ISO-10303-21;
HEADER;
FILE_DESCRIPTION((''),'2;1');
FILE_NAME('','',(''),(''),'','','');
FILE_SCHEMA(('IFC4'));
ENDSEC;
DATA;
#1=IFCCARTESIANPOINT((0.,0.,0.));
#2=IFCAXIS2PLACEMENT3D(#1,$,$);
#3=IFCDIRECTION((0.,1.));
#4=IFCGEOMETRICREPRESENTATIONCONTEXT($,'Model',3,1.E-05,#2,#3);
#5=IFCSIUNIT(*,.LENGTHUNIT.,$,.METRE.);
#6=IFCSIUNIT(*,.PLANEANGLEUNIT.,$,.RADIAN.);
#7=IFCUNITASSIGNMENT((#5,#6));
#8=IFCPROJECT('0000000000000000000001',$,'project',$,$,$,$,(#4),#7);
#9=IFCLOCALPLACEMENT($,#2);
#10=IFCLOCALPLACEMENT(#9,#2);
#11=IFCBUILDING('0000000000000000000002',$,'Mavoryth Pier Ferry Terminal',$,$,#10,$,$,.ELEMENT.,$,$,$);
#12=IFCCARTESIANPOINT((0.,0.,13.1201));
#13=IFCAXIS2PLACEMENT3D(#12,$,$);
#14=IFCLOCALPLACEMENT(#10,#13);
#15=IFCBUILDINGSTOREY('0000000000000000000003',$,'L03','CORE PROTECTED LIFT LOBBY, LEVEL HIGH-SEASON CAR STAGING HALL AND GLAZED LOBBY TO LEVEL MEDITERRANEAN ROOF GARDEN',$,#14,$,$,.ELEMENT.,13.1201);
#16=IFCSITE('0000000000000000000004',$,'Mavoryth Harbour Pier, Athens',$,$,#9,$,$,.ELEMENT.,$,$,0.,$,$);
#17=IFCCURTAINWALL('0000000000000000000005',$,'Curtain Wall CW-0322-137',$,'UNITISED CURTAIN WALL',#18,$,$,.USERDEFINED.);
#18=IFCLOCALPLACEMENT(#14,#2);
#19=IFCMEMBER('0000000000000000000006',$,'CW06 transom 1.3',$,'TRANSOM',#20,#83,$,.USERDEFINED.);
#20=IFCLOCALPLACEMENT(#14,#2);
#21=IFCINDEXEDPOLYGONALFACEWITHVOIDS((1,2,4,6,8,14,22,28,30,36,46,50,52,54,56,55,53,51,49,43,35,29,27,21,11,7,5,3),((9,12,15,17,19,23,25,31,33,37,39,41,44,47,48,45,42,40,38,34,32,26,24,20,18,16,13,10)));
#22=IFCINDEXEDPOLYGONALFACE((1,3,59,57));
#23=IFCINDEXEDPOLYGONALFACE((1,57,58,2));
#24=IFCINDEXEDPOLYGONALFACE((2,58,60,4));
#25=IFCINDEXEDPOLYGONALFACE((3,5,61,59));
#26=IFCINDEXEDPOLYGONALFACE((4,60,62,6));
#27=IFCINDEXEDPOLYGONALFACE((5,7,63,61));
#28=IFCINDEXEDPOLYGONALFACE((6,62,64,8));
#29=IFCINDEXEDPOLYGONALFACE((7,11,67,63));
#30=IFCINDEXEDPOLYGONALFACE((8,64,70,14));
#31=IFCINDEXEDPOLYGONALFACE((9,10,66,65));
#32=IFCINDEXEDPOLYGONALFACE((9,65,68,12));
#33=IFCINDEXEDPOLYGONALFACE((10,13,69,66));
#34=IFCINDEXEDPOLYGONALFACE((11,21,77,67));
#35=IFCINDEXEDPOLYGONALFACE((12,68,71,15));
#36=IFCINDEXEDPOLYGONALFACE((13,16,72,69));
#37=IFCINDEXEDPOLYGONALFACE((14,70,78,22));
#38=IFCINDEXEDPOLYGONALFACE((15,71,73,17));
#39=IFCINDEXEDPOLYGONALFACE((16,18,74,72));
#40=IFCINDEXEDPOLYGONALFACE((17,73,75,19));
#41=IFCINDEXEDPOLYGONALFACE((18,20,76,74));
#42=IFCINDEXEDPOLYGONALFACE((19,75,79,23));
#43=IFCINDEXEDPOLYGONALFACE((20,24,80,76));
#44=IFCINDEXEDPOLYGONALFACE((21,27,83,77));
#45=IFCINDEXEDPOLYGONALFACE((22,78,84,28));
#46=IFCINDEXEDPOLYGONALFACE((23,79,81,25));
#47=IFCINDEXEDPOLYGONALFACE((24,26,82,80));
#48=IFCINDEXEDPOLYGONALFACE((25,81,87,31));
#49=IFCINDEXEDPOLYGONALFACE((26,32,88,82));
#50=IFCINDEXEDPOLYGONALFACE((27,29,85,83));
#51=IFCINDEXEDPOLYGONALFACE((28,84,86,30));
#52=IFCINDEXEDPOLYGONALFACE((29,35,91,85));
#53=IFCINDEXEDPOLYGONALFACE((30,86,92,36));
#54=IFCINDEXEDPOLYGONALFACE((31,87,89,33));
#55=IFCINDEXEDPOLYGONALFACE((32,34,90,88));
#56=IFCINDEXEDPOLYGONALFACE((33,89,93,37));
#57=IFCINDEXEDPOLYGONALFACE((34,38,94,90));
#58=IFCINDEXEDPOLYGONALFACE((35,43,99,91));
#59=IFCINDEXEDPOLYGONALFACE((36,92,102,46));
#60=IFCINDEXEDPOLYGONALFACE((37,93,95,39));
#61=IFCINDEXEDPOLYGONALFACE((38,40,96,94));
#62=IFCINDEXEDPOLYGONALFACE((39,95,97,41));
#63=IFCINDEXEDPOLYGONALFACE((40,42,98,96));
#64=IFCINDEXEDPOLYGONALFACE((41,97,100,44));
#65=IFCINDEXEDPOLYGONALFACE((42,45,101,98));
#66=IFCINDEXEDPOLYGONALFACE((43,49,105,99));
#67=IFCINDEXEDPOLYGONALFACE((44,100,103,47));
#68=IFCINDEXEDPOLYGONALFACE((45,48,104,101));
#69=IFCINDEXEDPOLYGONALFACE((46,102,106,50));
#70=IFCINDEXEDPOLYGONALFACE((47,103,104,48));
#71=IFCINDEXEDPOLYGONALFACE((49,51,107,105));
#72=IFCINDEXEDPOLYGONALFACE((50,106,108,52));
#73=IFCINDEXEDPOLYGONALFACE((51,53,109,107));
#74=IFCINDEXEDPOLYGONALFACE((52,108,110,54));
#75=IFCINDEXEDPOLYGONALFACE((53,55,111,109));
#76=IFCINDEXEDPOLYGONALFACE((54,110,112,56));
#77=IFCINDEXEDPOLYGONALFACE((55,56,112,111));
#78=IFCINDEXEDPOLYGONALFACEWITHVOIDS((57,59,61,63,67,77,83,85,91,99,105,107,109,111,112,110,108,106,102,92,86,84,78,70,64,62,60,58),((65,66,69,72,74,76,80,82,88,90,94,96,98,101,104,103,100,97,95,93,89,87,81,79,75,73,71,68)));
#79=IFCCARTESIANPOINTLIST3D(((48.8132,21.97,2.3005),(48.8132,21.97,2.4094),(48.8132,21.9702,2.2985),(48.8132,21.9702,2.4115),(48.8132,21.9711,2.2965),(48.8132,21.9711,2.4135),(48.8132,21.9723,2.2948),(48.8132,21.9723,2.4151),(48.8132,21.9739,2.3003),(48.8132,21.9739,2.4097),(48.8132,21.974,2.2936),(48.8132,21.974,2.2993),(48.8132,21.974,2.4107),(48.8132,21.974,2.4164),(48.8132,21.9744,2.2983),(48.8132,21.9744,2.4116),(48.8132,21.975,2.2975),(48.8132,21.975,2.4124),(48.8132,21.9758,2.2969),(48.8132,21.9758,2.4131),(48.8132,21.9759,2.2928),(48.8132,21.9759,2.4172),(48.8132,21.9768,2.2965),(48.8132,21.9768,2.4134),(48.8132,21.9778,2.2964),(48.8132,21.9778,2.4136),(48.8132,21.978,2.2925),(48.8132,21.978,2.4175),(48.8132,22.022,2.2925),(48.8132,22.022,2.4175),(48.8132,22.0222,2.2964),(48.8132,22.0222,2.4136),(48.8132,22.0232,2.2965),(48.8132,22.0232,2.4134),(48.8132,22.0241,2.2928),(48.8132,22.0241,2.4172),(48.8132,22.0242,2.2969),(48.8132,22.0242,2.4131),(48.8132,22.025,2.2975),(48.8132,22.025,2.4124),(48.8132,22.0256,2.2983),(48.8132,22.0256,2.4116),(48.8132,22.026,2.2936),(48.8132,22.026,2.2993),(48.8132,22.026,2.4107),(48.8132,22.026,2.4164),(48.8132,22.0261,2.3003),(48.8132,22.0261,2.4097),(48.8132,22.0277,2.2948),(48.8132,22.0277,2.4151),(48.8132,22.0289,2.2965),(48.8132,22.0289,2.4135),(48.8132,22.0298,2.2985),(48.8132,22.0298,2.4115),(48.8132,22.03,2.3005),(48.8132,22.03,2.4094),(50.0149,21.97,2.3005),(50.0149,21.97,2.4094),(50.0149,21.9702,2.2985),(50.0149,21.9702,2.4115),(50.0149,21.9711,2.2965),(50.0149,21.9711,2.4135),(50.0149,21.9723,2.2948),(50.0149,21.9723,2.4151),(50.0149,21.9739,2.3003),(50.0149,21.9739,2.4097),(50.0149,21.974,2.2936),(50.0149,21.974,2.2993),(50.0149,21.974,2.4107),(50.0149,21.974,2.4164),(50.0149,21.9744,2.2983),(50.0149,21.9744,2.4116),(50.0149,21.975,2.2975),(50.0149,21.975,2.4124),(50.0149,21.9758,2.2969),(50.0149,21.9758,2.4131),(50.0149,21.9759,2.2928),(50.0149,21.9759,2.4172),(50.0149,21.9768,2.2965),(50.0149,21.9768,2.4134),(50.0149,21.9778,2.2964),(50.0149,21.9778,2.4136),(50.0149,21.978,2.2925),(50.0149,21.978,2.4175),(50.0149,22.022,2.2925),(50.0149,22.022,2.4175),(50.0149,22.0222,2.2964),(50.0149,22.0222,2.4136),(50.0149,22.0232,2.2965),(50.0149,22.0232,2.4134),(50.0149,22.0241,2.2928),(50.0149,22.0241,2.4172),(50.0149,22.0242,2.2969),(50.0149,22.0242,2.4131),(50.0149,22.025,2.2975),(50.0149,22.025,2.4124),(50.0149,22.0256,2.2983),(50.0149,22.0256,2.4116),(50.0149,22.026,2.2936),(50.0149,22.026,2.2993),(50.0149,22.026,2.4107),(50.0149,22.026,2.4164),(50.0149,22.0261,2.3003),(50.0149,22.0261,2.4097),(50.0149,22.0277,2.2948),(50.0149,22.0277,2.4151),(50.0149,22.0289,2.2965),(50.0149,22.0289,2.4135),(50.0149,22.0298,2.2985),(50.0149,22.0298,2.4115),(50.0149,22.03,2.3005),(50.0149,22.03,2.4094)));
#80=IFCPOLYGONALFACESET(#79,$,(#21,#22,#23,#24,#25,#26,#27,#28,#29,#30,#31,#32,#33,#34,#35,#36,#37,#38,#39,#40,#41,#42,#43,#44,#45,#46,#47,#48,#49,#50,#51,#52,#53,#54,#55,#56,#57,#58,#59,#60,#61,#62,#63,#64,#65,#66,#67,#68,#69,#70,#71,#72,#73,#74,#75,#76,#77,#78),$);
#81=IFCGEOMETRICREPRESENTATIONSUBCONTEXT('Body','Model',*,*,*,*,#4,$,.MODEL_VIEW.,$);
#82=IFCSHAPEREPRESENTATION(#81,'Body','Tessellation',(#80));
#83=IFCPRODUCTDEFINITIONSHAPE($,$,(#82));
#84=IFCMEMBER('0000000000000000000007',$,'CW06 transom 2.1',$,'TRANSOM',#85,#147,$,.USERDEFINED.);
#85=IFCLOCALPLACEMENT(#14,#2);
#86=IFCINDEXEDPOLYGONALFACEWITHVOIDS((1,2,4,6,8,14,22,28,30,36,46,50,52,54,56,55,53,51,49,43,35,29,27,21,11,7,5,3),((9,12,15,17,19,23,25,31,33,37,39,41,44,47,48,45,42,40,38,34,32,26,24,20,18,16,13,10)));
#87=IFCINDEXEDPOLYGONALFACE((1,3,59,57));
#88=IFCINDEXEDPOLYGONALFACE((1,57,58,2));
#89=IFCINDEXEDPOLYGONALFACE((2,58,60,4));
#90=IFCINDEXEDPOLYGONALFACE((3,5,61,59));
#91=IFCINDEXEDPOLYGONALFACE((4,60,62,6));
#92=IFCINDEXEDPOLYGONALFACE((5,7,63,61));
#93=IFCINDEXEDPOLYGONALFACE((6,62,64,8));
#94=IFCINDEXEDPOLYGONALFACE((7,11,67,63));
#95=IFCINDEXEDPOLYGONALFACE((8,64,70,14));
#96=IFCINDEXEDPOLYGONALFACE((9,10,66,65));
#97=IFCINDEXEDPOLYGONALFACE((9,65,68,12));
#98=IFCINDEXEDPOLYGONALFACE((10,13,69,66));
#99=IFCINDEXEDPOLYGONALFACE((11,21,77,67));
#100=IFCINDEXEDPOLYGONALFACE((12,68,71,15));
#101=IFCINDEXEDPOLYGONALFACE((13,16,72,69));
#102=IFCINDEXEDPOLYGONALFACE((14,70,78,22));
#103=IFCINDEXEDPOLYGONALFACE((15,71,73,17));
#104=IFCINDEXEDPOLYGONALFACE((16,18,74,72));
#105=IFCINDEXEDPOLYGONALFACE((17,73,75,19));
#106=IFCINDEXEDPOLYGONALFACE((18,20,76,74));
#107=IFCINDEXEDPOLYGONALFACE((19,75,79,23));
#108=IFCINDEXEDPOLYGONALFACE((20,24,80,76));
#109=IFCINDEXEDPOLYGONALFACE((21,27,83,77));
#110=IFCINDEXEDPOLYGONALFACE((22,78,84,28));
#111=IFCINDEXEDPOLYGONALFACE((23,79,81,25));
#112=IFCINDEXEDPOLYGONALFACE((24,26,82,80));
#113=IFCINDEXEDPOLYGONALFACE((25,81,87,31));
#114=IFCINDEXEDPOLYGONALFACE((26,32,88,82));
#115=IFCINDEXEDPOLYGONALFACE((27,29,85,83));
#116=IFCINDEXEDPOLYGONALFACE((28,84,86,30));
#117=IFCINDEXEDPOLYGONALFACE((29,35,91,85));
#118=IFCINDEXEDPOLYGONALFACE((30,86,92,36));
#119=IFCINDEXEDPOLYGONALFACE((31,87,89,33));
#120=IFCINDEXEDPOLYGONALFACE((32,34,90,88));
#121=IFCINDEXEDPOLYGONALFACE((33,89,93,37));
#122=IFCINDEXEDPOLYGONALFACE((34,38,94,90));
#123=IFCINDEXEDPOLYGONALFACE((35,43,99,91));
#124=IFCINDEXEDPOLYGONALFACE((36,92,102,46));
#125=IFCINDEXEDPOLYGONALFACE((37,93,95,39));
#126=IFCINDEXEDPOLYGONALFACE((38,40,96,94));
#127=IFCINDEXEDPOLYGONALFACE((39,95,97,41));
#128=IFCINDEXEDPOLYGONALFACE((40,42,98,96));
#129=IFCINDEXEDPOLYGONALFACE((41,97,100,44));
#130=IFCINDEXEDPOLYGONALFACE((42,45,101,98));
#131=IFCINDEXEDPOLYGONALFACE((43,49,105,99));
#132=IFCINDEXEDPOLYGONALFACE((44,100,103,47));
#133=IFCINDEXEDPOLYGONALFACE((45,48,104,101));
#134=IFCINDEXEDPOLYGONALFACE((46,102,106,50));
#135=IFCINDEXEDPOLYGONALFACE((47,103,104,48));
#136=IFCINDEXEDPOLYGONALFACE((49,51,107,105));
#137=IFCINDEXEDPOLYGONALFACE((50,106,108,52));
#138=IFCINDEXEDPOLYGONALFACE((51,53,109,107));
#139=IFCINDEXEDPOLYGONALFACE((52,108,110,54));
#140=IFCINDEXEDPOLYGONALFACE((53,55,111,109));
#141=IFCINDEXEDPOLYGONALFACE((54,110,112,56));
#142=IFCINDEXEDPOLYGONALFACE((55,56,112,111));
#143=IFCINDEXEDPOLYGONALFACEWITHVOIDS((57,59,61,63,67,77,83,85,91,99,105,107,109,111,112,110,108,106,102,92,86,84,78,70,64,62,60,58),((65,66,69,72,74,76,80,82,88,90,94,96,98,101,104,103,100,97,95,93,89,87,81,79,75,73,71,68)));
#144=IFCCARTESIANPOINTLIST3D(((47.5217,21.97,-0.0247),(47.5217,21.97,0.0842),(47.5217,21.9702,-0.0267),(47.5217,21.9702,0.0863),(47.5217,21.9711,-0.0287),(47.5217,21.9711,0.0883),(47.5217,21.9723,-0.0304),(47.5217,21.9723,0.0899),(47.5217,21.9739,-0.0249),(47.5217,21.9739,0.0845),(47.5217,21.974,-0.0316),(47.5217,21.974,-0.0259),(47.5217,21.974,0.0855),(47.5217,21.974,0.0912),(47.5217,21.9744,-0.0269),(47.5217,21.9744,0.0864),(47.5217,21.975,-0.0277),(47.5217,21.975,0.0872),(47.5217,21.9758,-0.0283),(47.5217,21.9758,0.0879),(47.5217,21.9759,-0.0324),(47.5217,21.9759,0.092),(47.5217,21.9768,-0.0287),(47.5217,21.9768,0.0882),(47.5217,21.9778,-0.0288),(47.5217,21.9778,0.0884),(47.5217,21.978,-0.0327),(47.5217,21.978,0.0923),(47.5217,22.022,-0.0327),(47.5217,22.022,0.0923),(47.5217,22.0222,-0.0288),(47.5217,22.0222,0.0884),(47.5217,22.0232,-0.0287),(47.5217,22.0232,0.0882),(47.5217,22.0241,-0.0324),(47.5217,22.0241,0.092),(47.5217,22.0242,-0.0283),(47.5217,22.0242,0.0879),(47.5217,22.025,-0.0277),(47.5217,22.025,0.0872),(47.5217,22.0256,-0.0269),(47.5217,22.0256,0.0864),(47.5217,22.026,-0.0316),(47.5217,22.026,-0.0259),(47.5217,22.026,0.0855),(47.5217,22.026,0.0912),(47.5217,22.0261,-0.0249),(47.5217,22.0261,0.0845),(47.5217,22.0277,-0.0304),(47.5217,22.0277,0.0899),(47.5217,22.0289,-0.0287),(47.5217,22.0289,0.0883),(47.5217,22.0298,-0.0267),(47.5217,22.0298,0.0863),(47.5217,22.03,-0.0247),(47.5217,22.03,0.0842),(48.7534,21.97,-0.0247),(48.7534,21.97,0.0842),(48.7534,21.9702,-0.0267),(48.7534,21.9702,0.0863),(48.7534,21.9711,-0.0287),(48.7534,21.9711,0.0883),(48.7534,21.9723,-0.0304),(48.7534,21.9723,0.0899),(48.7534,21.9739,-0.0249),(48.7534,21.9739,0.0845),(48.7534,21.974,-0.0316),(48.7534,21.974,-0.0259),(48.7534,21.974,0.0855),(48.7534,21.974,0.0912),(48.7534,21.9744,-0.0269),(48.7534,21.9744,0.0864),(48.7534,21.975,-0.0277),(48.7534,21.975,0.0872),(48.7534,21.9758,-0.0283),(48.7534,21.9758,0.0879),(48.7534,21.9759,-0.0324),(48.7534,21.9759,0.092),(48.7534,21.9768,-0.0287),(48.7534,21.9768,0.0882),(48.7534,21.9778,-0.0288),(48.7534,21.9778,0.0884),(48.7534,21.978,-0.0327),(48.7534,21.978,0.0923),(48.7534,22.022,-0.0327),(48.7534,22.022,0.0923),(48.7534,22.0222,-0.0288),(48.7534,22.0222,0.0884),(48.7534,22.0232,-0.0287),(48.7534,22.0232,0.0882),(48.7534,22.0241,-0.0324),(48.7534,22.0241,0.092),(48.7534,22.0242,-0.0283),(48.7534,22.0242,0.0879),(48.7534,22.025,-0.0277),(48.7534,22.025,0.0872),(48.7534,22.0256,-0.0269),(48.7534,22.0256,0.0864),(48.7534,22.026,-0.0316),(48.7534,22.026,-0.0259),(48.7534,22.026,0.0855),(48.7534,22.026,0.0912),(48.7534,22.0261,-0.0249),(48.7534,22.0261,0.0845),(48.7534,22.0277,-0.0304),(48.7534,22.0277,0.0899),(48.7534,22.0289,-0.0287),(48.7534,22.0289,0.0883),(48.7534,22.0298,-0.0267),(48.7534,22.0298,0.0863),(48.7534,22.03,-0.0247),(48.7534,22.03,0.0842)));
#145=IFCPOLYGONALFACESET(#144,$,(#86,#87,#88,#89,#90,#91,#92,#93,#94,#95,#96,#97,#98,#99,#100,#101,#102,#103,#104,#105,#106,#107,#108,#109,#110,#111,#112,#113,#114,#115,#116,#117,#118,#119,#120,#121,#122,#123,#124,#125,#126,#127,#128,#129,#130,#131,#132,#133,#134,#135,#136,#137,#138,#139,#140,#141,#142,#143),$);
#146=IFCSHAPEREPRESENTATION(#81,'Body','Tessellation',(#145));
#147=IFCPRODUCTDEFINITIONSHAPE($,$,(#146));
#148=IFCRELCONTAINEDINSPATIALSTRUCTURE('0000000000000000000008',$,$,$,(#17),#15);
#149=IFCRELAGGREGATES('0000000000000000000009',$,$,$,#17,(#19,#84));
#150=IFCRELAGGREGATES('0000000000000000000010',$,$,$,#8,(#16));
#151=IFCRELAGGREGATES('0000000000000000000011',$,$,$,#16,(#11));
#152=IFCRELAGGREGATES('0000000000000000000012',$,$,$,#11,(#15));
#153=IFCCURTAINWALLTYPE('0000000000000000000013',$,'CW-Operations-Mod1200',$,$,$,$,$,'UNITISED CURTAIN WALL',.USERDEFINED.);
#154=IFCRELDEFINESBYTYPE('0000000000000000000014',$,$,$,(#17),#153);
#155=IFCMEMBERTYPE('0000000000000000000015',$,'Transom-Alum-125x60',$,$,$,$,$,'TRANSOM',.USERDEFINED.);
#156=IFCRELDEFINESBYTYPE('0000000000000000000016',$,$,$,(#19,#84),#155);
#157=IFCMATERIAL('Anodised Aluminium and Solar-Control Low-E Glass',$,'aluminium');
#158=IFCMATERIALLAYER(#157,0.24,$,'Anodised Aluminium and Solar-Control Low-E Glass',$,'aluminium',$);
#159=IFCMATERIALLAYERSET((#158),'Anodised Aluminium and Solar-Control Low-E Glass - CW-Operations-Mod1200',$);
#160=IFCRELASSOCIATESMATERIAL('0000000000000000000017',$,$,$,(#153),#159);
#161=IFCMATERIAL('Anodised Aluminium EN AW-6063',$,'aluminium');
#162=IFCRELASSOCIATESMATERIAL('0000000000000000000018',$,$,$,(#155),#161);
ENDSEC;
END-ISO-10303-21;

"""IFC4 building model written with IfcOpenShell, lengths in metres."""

from ifc_helpers import new_model, si_unit, direction, frame, origin, origin_2d, place, context, subcontext, project, spatial, hollow_rectangle, extrude, material, layer, layer_set, material_profile, profile_set, type_object, element, aggregate, save


model = new_model("IFC4")

# Units and contexts
model_context = context("Model", 3, precision=1e-05, world=origin(), true_north=direction((0.0, 1.0)))
body_context = subcontext(model_context, "Body", "Model", "MODEL_VIEW")
ifc_project = project(units=[si_unit("LENGTHUNIT", "METRE"), si_unit("PLANEANGLEUNIT", "RADIAN")], contexts=[model_context])

# Site, building, storey
site_placement = place(None, origin())
site = spatial("IfcSite", under=ifc_project, at=site_placement, Name="Mavoryth Harbour Pier, Athens", CompositionType="ELEMENT", RefElevation=0.0)
building_placement = place(site_placement, origin())
building = spatial("IfcBuilding", under=site, at=building_placement, Name="Mavoryth Pier Ferry Terminal", CompositionType="ELEMENT")
storey_placement = place(building_placement, frame((0.0, 0.0, 13.1201)))
storey = spatial("IfcBuildingStorey", under=building, at=storey_placement, Name="L03", Description="CORE PROTECTED LIFT LOBBY, LEVEL HIGH-SEASON CAR STAGING HALL AND GLAZED LOBBY TO LEVEL MEDITERRANEAN ROOF GARDEN", CompositionType="ELEMENT", Elevation=13.1201)

# Curtain wall
ifc_material_1 = material(Name="Anodised Aluminium and Solar-Control Low-E Glass", Category="aluminium")
ifc_layer_1 = layer(ifc_material_1, 0.24, Name="Anodised Aluminium and Solar-Control Low-E Glass", Category="aluminium")
ifc_layer_set_1 = layer_set([ifc_layer_1], Name="Anodised Aluminium and Solar-Control Low-E Glass - CW-Operations-Mod1200")
curtain_wall_type = type_object("IfcCurtainWallType", Name="CW-Operations-Mod1200", ElementType="UNITISED CURTAIN WALL", PredefinedType="USERDEFINED", material=ifc_layer_set_1)
curtain_wall_1_placement = place(storey_placement, origin())
curtain_wall_1 = element("IfcCurtainWall", 1, at=curtain_wall_1_placement, inside=storey, type_object=curtain_wall_type, Name="Curtain Wall CW-0322-137", ObjectType="UNITISED CURTAIN WALL", PredefinedType="USERDEFINED")
ifc_material_2 = material(Name="Anodised Aluminium EN AW-6063", Category="aluminium")

# Members
ifc_material_profile_1 = material_profile(ifc_material_2, hollow_rectangle(XDim=0.0601, YDim=0.125, WallThickness=0.0039, InnerFilletRadius=0.0039, OuterFilletRadius=0.0081, at=origin_2d()), Name="AL-TRAN 125x60x4", Category="aluminium")
ifc_profile_set_1 = profile_set([ifc_material_profile_1], Name="Anodised Aluminium EN AW-6063 - AL-TRAN 125x60x4")
member_type_1 = type_object("IfcMemberType", Name="Transom-Alum-125x60", ElementType="TRANSOM", PredefinedType="USERDEFINED", material=ifc_profile_set_1)
member_1_placement = place(storey_placement, frame((50.0149, 22.0, 2.355), z_axis=(-1.0, 0.0, 0.0), x_axis=(0.0, -1.0, 0.0)))
member_1 = element("IfcMember", 2, at=member_1_placement, type_object=member_type_1, Name="CW06 transom 1.3", ObjectType="TRANSOM", PredefinedType="USERDEFINED", context=body_context, shape_type="SweptSolid", body=[
    extrude(hollow_rectangle(XDim=0.0601, YDim=0.125, WallThickness=0.0039, InnerFilletRadius=0.0039, OuterFilletRadius=0.0081, at=origin_2d()), origin(), (0.0, 0.0, 1.0), 1.2017),
])
member_2_placement = place(storey_placement, frame((48.7534, 22.0, 0.0298), z_axis=(-1.0, 0.0, 0.0), x_axis=(0.0, -1.0, 0.0)))
member_2 = element("IfcMember", 3, at=member_2_placement, type_object=member_type_1, Name="CW06 transom 2.1", ObjectType="TRANSOM", PredefinedType="USERDEFINED", context=body_context, shape_type="SweptSolid", body=[
    extrude(hollow_rectangle(XDim=0.0601, YDim=0.125, WallThickness=0.0039, InnerFilletRadius=0.0039, OuterFilletRadius=0.0081, at=origin_2d()), origin(), (0.0, 0.0, 1.0), 1.2317),
])

aggregate(curtain_wall_1, [member_1, member_2])

save(model, "model.ifc")
